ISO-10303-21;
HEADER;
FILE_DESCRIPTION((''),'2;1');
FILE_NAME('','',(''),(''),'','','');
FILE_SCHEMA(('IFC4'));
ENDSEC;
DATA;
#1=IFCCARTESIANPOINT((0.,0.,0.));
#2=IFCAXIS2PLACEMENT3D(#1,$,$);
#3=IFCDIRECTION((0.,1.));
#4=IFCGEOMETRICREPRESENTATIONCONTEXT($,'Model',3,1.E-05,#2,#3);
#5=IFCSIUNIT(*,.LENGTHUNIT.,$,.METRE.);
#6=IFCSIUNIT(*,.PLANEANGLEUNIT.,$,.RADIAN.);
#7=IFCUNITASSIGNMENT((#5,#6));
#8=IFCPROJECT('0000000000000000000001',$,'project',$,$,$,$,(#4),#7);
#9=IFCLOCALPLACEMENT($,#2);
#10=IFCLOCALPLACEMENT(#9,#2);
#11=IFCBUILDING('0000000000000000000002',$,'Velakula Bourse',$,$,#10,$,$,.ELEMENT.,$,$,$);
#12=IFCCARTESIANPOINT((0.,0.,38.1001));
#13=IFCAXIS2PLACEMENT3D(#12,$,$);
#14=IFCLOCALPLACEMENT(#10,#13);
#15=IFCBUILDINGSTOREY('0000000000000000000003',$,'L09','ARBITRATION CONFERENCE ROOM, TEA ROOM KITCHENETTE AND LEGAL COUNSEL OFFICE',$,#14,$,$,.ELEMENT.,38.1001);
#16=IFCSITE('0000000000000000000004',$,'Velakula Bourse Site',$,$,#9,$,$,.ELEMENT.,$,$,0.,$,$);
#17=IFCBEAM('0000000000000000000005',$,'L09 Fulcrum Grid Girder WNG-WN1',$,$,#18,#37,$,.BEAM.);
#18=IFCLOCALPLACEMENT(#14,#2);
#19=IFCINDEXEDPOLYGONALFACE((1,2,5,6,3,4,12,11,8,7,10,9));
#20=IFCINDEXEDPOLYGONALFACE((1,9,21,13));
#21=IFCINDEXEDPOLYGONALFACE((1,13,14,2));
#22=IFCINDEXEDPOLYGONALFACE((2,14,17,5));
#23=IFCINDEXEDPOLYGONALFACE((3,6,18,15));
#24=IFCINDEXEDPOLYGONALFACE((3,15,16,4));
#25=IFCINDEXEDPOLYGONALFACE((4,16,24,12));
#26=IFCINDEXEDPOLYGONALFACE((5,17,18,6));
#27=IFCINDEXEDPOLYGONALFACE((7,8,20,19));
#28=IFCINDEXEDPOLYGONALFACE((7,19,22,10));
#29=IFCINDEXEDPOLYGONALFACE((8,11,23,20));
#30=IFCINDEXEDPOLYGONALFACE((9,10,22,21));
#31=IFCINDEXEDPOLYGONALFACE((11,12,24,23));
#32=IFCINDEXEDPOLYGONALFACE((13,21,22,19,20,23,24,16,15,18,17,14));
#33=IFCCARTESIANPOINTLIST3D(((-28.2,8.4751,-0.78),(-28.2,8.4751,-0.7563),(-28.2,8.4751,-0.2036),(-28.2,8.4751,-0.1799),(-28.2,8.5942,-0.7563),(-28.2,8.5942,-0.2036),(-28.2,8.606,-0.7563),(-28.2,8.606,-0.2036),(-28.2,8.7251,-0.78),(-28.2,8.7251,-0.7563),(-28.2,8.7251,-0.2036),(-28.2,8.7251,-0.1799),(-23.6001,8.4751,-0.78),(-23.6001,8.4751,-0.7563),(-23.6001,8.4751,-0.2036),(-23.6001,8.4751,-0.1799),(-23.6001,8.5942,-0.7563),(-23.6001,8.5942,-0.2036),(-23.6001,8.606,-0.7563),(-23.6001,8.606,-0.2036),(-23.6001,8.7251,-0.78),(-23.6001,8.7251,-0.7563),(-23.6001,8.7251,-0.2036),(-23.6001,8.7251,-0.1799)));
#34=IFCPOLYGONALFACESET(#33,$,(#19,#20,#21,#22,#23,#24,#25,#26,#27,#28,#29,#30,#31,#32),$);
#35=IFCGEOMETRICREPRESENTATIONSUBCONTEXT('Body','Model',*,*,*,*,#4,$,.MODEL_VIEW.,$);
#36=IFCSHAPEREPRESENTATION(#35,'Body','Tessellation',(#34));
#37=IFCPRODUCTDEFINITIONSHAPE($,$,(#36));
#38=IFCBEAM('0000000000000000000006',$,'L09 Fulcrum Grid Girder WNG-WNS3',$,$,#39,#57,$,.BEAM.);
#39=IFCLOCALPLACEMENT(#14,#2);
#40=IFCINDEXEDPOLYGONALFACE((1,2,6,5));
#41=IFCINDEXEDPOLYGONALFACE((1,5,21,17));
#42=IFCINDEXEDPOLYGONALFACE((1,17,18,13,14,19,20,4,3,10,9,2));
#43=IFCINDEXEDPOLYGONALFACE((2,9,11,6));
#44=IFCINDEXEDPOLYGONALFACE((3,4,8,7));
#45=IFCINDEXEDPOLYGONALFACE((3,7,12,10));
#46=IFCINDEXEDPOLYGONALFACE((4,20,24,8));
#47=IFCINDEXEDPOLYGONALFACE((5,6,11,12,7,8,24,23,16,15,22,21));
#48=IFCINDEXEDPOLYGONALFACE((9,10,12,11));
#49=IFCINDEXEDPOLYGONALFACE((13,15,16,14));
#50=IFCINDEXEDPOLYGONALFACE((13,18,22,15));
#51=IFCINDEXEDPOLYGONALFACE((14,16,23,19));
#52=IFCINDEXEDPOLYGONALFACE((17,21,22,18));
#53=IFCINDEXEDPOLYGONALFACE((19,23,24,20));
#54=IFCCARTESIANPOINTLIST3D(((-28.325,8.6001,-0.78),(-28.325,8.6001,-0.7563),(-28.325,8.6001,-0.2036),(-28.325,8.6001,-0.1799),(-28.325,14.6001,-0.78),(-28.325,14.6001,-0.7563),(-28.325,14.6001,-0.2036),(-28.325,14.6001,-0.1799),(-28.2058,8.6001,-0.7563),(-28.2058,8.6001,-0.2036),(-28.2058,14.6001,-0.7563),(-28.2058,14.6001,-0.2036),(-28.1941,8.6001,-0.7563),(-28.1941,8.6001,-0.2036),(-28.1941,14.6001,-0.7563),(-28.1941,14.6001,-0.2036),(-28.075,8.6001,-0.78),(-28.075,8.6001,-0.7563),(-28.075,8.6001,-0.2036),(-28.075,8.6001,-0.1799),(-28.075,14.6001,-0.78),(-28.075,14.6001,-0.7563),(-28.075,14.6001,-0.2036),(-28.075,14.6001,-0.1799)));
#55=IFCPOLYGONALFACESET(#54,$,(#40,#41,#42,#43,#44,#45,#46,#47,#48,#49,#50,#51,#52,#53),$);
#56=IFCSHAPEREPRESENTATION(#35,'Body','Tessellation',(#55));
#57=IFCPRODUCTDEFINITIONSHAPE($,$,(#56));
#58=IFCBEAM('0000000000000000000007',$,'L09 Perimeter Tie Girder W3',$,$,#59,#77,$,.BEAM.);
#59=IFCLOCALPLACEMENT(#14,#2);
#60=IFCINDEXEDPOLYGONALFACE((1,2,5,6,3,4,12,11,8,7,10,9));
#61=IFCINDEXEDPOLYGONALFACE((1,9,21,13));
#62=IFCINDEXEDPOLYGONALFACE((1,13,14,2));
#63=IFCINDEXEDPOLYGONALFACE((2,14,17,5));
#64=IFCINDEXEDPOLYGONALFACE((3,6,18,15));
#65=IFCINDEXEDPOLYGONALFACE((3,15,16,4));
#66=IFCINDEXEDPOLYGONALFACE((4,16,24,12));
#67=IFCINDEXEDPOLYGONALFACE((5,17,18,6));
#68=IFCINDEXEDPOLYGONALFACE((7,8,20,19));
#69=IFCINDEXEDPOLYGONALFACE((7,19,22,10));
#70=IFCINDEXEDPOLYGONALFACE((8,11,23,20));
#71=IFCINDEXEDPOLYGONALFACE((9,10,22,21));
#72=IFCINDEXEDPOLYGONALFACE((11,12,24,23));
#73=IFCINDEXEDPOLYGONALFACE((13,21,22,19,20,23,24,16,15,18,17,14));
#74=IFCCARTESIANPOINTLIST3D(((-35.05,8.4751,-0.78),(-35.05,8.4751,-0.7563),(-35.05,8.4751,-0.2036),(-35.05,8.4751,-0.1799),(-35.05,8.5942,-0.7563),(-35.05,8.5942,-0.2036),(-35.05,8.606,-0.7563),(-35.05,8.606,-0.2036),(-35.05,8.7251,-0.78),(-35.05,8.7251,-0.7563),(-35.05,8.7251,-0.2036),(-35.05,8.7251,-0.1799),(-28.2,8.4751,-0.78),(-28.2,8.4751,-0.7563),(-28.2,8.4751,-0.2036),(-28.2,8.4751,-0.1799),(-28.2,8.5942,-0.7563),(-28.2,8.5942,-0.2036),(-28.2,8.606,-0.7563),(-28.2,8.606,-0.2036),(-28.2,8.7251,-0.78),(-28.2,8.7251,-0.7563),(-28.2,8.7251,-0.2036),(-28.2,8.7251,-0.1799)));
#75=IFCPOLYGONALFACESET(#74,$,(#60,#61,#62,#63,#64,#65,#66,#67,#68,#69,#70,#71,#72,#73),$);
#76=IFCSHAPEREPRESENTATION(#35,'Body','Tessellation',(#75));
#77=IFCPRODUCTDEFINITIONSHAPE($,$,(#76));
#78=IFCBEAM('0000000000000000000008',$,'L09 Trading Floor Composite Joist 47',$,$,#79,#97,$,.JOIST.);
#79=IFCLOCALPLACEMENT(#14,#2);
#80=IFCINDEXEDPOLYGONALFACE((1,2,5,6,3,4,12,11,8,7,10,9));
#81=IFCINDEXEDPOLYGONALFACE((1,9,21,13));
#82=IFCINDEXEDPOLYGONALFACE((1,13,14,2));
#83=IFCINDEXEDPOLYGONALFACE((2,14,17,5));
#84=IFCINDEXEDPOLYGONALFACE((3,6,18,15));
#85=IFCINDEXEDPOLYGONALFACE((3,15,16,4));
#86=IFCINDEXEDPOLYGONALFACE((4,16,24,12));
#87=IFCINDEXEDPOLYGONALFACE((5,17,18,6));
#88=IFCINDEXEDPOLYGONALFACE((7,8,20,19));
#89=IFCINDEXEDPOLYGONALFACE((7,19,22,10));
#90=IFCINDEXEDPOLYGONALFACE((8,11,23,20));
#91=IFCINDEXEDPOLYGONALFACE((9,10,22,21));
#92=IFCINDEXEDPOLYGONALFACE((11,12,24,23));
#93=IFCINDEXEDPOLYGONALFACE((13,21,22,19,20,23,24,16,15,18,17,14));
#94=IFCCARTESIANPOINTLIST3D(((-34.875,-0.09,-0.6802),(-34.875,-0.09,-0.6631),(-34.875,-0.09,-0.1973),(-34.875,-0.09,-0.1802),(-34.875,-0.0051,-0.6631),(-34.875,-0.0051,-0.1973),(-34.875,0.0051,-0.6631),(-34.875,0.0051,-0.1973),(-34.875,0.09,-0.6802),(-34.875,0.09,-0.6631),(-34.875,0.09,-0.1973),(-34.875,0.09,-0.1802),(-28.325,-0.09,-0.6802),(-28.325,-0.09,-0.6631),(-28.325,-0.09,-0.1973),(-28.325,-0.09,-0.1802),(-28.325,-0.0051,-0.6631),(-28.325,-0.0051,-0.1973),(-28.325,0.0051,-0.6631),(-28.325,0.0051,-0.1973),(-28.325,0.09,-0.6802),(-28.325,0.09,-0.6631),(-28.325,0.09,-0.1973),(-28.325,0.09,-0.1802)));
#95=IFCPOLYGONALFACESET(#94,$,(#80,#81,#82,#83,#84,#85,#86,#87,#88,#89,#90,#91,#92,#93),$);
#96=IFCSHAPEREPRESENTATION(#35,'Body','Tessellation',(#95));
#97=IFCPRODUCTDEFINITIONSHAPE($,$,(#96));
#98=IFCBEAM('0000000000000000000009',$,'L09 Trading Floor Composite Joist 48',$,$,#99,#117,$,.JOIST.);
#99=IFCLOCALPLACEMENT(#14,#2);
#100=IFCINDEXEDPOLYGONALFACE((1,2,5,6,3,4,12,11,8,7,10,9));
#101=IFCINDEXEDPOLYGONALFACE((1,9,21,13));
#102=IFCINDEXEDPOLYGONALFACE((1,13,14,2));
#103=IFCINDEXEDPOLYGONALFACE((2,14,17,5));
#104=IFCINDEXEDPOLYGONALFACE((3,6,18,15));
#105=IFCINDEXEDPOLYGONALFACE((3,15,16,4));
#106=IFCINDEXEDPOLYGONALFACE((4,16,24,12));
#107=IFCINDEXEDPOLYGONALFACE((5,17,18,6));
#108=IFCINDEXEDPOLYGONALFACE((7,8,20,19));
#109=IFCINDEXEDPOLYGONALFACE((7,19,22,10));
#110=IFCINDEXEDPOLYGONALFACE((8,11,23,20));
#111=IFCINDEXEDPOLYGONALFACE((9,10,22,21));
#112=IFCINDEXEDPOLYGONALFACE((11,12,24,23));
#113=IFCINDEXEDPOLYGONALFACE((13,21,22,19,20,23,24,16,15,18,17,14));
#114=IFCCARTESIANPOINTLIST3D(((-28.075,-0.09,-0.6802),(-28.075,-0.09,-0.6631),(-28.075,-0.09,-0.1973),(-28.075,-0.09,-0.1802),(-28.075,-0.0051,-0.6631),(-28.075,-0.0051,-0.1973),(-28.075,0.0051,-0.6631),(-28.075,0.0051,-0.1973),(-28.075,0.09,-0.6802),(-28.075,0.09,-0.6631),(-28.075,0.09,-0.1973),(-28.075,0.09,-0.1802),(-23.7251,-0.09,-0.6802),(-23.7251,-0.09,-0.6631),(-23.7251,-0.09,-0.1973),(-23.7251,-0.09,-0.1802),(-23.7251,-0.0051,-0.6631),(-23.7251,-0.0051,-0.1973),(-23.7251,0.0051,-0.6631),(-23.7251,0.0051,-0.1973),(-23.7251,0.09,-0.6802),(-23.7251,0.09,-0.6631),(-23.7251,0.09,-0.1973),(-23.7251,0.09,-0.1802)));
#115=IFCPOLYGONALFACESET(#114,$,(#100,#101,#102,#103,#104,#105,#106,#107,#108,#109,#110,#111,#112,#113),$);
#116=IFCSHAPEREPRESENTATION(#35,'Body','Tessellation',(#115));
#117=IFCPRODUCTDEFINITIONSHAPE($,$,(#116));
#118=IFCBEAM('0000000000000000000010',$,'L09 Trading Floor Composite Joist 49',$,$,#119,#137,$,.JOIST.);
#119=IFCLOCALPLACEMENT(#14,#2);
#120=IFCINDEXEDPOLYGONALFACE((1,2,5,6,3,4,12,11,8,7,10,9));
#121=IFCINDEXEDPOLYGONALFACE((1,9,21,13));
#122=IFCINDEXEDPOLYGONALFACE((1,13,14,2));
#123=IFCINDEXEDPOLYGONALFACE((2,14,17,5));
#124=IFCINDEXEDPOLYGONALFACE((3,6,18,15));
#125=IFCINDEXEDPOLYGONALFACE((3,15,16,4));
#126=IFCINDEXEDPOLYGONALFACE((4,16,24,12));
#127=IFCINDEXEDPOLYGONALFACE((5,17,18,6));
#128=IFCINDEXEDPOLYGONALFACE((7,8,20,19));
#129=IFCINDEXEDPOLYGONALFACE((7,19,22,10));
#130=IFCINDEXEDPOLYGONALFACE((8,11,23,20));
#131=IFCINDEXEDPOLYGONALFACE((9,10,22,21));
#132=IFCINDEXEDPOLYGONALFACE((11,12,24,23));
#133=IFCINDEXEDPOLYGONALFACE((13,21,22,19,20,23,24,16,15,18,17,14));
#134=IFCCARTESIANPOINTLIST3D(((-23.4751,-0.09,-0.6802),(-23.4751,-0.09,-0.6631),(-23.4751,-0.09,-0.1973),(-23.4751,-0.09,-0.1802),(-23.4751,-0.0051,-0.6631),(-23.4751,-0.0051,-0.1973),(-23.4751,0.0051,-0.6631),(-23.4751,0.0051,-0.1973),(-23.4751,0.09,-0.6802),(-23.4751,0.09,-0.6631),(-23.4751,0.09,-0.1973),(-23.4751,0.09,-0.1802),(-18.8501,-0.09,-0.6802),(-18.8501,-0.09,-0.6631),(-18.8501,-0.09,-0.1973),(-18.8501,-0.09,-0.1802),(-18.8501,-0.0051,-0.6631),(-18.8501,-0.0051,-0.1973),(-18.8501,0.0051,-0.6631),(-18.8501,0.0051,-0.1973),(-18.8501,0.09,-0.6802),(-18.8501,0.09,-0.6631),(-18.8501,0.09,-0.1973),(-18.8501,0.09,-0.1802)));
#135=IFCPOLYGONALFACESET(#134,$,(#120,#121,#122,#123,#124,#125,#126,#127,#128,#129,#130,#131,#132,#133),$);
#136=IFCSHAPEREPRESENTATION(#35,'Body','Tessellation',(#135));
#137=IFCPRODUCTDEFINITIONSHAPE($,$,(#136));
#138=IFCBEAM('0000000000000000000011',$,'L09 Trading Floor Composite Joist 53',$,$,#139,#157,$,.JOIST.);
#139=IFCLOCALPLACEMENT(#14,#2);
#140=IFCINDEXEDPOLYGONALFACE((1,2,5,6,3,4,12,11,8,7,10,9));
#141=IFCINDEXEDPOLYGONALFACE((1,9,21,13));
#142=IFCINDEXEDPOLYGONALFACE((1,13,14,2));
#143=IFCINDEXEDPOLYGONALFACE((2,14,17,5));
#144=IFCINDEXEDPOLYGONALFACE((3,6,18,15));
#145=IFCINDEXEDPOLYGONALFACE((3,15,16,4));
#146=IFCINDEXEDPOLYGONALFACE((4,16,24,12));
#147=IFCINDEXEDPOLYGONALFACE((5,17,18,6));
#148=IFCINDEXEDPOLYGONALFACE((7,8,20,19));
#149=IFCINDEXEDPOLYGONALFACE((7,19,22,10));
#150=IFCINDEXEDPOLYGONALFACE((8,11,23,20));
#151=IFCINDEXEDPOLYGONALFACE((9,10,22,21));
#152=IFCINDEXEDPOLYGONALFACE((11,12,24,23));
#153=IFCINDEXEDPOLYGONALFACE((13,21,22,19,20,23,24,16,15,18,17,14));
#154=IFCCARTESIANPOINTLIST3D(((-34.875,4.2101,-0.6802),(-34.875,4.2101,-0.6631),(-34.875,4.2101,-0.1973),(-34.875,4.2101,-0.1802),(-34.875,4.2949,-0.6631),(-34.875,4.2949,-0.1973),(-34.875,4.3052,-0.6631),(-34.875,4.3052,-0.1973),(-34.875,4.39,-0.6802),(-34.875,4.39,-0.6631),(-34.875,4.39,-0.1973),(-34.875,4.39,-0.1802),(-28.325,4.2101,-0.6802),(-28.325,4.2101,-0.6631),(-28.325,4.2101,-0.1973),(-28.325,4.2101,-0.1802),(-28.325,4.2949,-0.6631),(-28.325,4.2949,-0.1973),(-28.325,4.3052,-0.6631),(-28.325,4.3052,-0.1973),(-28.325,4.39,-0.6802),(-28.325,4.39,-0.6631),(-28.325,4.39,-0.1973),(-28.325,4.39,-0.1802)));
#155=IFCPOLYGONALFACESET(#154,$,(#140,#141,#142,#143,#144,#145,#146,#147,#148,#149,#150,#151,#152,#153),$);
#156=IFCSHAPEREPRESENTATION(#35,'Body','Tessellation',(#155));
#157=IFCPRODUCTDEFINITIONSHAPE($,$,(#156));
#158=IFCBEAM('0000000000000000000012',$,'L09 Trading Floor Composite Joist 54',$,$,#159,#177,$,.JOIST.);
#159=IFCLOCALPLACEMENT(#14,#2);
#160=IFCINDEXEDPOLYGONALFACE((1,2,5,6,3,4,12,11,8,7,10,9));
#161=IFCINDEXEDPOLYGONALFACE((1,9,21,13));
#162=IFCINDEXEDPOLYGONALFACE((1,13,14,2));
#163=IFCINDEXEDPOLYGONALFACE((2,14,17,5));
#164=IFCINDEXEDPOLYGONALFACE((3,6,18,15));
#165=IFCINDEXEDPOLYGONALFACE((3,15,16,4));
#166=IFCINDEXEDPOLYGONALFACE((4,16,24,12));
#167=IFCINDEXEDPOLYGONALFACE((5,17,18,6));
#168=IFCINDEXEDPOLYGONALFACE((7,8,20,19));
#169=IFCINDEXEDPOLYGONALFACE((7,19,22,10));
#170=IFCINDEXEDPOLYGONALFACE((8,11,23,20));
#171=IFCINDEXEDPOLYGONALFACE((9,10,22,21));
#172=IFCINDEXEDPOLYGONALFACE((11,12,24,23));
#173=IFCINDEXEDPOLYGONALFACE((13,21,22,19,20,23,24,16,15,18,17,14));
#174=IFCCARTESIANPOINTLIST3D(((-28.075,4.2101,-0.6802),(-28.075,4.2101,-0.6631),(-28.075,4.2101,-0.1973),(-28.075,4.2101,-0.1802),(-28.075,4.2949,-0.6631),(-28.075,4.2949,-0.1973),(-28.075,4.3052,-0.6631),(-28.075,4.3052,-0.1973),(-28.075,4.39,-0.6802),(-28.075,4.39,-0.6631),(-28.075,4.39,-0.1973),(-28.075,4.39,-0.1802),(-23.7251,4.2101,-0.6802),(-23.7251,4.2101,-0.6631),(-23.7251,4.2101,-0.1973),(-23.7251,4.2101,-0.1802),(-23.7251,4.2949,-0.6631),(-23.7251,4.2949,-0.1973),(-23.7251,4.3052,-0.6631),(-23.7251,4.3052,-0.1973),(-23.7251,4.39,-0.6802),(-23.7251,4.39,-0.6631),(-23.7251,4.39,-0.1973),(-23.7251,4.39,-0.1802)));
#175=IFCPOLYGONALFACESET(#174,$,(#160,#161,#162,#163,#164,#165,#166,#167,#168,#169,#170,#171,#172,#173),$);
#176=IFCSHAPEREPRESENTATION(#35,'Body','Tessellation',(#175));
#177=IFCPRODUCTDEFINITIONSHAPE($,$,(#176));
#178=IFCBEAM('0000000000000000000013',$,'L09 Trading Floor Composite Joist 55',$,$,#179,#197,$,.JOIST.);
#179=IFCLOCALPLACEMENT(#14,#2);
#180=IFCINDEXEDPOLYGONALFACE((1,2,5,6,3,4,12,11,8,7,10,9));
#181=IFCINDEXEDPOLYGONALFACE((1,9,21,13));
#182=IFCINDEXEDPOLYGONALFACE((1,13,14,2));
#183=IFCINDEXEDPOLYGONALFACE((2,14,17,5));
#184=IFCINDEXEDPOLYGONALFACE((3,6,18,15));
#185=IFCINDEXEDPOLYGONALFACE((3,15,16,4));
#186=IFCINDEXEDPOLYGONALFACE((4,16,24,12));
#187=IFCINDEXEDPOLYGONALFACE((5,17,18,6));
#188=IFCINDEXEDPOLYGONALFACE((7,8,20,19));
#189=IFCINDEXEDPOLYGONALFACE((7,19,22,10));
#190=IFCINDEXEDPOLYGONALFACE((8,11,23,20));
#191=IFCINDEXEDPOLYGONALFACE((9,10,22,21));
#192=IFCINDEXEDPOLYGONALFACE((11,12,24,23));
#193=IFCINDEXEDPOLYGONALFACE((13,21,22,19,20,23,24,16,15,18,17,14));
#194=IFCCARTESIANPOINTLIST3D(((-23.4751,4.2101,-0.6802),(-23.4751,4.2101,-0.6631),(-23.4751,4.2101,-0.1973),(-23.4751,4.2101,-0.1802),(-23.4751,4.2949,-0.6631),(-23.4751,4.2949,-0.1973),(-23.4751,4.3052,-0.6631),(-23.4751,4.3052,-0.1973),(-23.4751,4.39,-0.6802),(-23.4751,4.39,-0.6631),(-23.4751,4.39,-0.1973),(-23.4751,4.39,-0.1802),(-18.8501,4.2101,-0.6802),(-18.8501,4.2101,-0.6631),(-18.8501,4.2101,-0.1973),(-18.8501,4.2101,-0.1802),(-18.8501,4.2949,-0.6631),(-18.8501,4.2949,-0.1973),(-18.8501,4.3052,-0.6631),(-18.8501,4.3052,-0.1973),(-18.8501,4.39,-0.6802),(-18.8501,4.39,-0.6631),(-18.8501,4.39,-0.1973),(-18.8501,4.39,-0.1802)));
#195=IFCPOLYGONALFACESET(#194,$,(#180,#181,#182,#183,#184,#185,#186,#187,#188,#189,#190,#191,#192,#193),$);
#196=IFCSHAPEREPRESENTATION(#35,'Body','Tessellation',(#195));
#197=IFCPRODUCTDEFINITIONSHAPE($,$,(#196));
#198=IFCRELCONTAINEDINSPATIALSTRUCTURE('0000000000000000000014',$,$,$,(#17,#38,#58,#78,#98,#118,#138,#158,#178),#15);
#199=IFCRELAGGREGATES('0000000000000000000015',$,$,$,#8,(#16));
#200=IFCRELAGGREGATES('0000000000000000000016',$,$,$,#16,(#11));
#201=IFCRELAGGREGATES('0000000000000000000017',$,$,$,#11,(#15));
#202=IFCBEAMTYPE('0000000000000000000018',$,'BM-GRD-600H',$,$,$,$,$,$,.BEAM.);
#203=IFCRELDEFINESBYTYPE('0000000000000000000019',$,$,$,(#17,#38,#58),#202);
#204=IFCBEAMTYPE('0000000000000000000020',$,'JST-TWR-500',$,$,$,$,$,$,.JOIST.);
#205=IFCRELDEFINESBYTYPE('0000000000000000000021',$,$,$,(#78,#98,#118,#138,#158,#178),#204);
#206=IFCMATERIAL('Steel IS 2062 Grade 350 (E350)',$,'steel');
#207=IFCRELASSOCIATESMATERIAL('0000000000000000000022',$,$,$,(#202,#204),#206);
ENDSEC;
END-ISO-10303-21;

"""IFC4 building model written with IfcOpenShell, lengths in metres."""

from ifc_helpers import new_model, si_unit, direction, frame, origin, origin_2d, place, context, subcontext, project, spatial, i_section, extrude, material, material_profile, profile_set, type_object, element, save


model = new_model("IFC4")

# Units and contexts
model_context = context("Model", 3, precision=1e-05, world=origin(), true_north=direction((0.0, 1.0)))
body_context = subcontext(model_context, "Body", "Model", "MODEL_VIEW")
ifc_project = project(units=[si_unit("LENGTHUNIT", "METRE"), si_unit("PLANEANGLEUNIT", "RADIAN")], contexts=[model_context])

# Site, building, storey
site_placement = place(None, origin())
site = spatial("IfcSite", under=ifc_project, at=site_placement, Name="Velakula Bourse Site", CompositionType="ELEMENT", RefElevation=0.0)
building_placement = place(site_placement, origin())
building = spatial("IfcBuilding", under=site, at=building_placement, Name="Velakula Bourse", CompositionType="ELEMENT")
storey_placement = place(building_placement, frame((0.0, 0.0, 38.1001)))
storey = spatial("IfcBuildingStorey", under=building, at=storey_placement, Name="L09", Description="ARBITRATION CONFERENCE ROOM, TEA ROOM KITCHENETTE AND LEGAL COUNSEL OFFICE", CompositionType="ELEMENT", Elevation=38.1001)

# Beams
ifc_material_1 = material(Name="Steel IS 2062 Grade 350 (E350)", Category="steel")
ifc_material_profile_1 = material_profile(ifc_material_1, i_section(OverallWidth=0.25, OverallDepth=0.6001, WebThickness=0.0117, FlangeThickness=0.0237, at=origin_2d()), Name="Steel IS 2062 Grade 350 (E350)")
ifc_profile_set_1 = profile_set([ifc_material_profile_1], Name="Steel IS 2062 Grade 350 (E350)")
beam_type_1 = type_object("IfcBeamType", Name="BM-GRD-600H", PredefinedType="BEAM", material=ifc_profile_set_1)
beam_1_placement = place(storey_placement, frame((-28.2, 8.6001, -0.48), z_axis=(1.0, 0.0, 0.0), x_axis=(0.0, 1.0, 0.0)))
element("IfcBeam", 1, at=beam_1_placement, inside=storey, type_object=beam_type_1, Name="L09 Fulcrum Grid Girder WNG-WN1", PredefinedType="BEAM", context=body_context, shape_type="SweptSolid", body=[
    extrude(i_section(OverallWidth=0.25, OverallDepth=0.6001, WebThickness=0.0117, FlangeThickness=0.0237, at=origin_2d()), origin(), (0.0, 0.0, 1.0), 4.5999),
])
beam_2_placement = place(storey_placement, frame((-28.2, 8.6001, -0.48), z_axis=(0.0, 1.0, 0.0), x_axis=(-1.0, 0.0, 0.0)))
element("IfcBeam", 2, at=beam_2_placement, inside=storey, type_object=beam_type_1, Name="L09 Fulcrum Grid Girder WNG-WNS3", PredefinedType="BEAM", context=body_context, shape_type="SweptSolid", body=[
    extrude(i_section(OverallWidth=0.25, OverallDepth=0.6001, WebThickness=0.0117, FlangeThickness=0.0237, at=origin_2d()), origin(), (0.0, 0.0, 1.0), 6.0),
])
beam_3_placement = place(storey_placement, frame((-28.2, 8.6001, -0.48), z_axis=(-1.0, 0.0, 0.0), x_axis=(0.0, -1.0, 0.0)))
element("IfcBeam", 3, at=beam_3_placement, inside=storey, type_object=beam_type_1, Name="L09 Perimeter Tie Girder W3", PredefinedType="BEAM", context=body_context, shape_type="SweptSolid", body=[
    extrude(i_section(OverallWidth=0.25, OverallDepth=0.6001, WebThickness=0.0117, FlangeThickness=0.0237, at=origin_2d()), origin(), (0.0, 0.0, 1.0), 6.8501),
])
ifc_material_profile_2 = material_profile(ifc_material_1, i_section(OverallWidth=0.1799, OverallDepth=0.5, WebThickness=0.0103, FlangeThickness=0.0171, at=origin_2d()), Name="Steel IS 2062 Grade 350 (E350)")
ifc_profile_set_2 = profile_set([ifc_material_profile_2], Name="Steel IS 2062 Grade 350 (E350)")
beam_type_2 = type_object("IfcBeamType", Name="JST-TWR-500", PredefinedType="JOIST", material=ifc_profile_set_2)
beam_4_placement = place(storey_placement, frame((-34.875, 0.0, -0.4302), z_axis=(1.0, 0.0, 0.0), x_axis=(0.0, 1.0, 0.0)))
element("IfcBeam", 4, at=beam_4_placement, inside=storey, type_object=beam_type_2, Name="L09 Trading Floor Composite Joist 47", PredefinedType="JOIST", context=body_context, shape_type="SweptSolid", body=[
    extrude(i_section(OverallWidth=0.1799, OverallDepth=0.5, WebThickness=0.0103, FlangeThickness=0.0171, at=origin_2d()), origin(), (0.0, 0.0, 1.0), 6.55),
])
beam_5_placement = place(storey_placement, frame((-28.075, 0.0, -0.4302), z_axis=(1.0, 0.0, 0.0), x_axis=(0.0, 1.0, 0.0)))
element("IfcBeam", 5, at=beam_5_placement, inside=storey, type_object=beam_type_2, Name="L09 Trading Floor Composite Joist 48", PredefinedType="JOIST", context=body_context, shape_type="SweptSolid", body=[
    extrude(i_section(OverallWidth=0.1799, OverallDepth=0.5, WebThickness=0.0103, FlangeThickness=0.0171, at=origin_2d()), origin(), (0.0, 0.0, 1.0), 4.3499),
])
beam_6_placement = place(storey_placement, frame((-23.4751, 0.0, -0.4302), z_axis=(1.0, 0.0, 0.0), x_axis=(0.0, 1.0, 0.0)))
element("IfcBeam", 6, at=beam_6_placement, inside=storey, type_object=beam_type_2, Name="L09 Trading Floor Composite Joist 49", PredefinedType="JOIST", context=body_context, shape_type="SweptSolid", body=[
    extrude(i_section(OverallWidth=0.1799, OverallDepth=0.5, WebThickness=0.0103, FlangeThickness=0.0171, at=origin_2d()), origin(), (0.0, 0.0, 1.0), 4.625),
])
beam_7_placement = place(storey_placement, frame((-34.875, 4.3, -0.4302), z_axis=(1.0, 0.0, 0.0), x_axis=(0.0, 1.0, 0.0)))
element("IfcBeam", 7, at=beam_7_placement, inside=storey, type_object=beam_type_2, Name="L09 Trading Floor Composite Joist 53", PredefinedType="JOIST", context=body_context, shape_type="SweptSolid", body=[
    extrude(i_section(OverallWidth=0.1799, OverallDepth=0.5, WebThickness=0.0103, FlangeThickness=0.0171, at=origin_2d()), origin(), (0.0, 0.0, 1.0), 6.55),
])
beam_8_placement = place(storey_placement, frame((-28.075, 4.3, -0.4302), z_axis=(1.0, 0.0, 0.0), x_axis=(0.0, 1.0, 0.0)))
element("IfcBeam", 8, at=beam_8_placement, inside=storey, type_object=beam_type_2, Name="L09 Trading Floor Composite Joist 54", PredefinedType="JOIST", context=body_context, shape_type="SweptSolid", body=[
    extrude(i_section(OverallWidth=0.1799, OverallDepth=0.5, WebThickness=0.0103, FlangeThickness=0.0171, at=origin_2d()), origin(), (0.0, 0.0, 1.0), 4.3499),
])
beam_9_placement = place(storey_placement, frame((-23.4751, 4.3, -0.4302), z_axis=(1.0, 0.0, 0.0), x_axis=(0.0, 1.0, 0.0)))
element("IfcBeam", 9, at=beam_9_placement, inside=storey, type_object=beam_type_2, Name="L09 Trading Floor Composite Joist 55", PredefinedType="JOIST", context=body_context, shape_type="SweptSolid", body=[
    extrude(i_section(OverallWidth=0.1799, OverallDepth=0.5, WebThickness=0.0103, FlangeThickness=0.0171, at=origin_2d()), origin(), (0.0, 0.0, 1.0), 4.625),
])

save(model, "model.ifc")
